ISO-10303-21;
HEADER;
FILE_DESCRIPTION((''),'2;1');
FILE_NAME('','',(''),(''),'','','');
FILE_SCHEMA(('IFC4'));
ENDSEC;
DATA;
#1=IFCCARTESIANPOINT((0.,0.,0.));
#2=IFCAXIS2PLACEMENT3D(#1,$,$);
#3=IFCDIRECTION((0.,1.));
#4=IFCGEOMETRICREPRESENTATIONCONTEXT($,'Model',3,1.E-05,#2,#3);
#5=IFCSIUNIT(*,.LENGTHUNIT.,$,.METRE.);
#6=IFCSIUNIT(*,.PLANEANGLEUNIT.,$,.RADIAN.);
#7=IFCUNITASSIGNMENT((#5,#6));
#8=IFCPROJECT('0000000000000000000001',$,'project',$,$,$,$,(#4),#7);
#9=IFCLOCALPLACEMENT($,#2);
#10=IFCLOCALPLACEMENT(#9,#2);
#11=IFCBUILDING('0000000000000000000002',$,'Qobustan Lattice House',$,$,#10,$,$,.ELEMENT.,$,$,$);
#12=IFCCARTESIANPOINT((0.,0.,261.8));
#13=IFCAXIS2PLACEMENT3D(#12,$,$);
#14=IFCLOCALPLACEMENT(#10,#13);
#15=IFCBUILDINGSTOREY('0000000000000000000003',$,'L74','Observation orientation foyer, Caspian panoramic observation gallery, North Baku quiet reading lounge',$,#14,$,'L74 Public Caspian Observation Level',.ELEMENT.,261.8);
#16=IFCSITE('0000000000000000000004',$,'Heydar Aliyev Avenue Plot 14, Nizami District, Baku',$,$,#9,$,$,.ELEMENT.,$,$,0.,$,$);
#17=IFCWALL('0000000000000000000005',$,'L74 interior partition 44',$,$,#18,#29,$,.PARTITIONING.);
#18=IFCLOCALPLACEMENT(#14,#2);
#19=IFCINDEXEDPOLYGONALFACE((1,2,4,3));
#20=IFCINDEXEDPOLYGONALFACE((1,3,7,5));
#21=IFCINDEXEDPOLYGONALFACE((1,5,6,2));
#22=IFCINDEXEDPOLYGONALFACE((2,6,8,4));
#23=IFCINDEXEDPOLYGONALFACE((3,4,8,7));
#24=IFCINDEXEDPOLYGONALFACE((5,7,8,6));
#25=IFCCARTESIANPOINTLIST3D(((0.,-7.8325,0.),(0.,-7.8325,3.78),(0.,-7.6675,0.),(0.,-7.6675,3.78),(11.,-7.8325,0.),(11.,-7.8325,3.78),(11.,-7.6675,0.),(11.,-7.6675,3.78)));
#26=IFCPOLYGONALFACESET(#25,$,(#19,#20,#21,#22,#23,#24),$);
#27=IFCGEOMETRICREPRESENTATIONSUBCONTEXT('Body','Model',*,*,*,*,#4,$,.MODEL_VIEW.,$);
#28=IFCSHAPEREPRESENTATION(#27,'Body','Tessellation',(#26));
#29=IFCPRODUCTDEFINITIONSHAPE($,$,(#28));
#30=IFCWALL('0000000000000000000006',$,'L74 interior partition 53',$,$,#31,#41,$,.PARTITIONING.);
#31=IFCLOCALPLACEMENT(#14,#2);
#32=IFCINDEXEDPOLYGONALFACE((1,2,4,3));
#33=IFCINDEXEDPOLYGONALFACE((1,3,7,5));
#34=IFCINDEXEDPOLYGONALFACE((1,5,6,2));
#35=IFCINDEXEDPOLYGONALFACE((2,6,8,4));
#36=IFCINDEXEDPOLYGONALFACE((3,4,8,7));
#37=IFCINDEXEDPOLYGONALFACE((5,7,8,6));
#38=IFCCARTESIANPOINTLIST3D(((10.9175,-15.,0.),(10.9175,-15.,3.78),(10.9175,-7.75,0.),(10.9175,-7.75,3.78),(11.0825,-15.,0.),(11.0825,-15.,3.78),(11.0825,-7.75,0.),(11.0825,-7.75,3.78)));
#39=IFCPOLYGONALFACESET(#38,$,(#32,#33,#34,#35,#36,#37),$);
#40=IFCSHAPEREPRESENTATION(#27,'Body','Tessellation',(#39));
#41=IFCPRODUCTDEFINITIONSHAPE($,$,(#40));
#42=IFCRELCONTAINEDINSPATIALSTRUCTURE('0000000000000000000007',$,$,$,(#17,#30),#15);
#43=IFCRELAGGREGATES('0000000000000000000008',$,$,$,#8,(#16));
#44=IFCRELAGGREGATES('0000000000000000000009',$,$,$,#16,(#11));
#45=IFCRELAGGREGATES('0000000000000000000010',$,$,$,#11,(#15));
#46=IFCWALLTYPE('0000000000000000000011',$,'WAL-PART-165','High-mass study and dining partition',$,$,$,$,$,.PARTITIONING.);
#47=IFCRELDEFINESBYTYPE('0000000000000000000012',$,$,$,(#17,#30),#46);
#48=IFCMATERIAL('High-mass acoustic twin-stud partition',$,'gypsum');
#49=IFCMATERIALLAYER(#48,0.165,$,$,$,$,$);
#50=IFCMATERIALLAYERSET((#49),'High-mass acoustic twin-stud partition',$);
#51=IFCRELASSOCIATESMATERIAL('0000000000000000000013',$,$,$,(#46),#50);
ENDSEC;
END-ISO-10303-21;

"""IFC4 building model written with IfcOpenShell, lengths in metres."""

from ifc_helpers import new_model, si_unit, direction, frame, frame_2d, origin, place, context, subcontext, project, spatial, rectangle, extrude, material, layer, layer_set, type_object, element, save


model = new_model("IFC4")

# Units and contexts
model_context = context("Model", 3, precision=1e-05, world=origin(), true_north=direction((0.0, 1.0)))
body_context = subcontext(model_context, "Body", "Model", "MODEL_VIEW")
ifc_project = project(units=[si_unit("LENGTHUNIT", "METRE"), si_unit("PLANEANGLEUNIT", "RADIAN")], contexts=[model_context])

# Site, building, storey
site_placement = place(None, origin())
site = spatial("IfcSite", under=ifc_project, at=site_placement, Name="Heydar Aliyev Avenue Plot 14, Nizami District, Baku", CompositionType="ELEMENT", RefElevation=0.0)
building_placement = place(site_placement, origin())
building = spatial("IfcBuilding", under=site, at=building_placement, Name="Qobustan Lattice House", CompositionType="ELEMENT")
storey_placement = place(building_placement, frame((0.0, 0.0, 261.8)))
storey = spatial("IfcBuildingStorey", under=building, at=storey_placement, Name="L74", Description="Observation orientation foyer, Caspian panoramic observation gallery, North Baku quiet reading lounge", LongName="L74 Public Caspian Observation Level", CompositionType="ELEMENT", Elevation=261.8)

# Shared definitions
ifc_material_1 = material(Name="High-mass acoustic twin-stud partition", Category="gypsum")
ifc_layer_1 = layer(ifc_material_1, 0.165)
ifc_layer_set_1 = layer_set([ifc_layer_1], Name="High-mass acoustic twin-stud partition")
wall_type_1 = type_object("IfcWallType", Name="WAL-PART-165", Description="High-mass study and dining partition", PredefinedType="PARTITIONING", material=ifc_layer_set_1)

# Walls
wall_1_placement = place(storey_placement, frame((11.0, -7.75, 0.0), z_axis=(0.0, 0.0, 1.0), x_axis=(-1.0, 0.0, 0.0)))
element("IfcWall", 1, at=wall_1_placement, inside=storey, type_object=wall_type_1, Name="L74 interior partition 44", PredefinedType="PARTITIONING", context=body_context, shape_type="SweptSolid", body=[
    extrude(rectangle(XDim=11.0, YDim=0.165, at=frame_2d((5.5, 0.0))), origin(), (0.0, 0.0, 1.0), 3.78),
])
wall_2_placement = place(storey_placement, frame((11.0, -7.75, 0.0), z_axis=(0.0, 0.0, 1.0), x_axis=(0.0, -1.0, 0.0)))
element("IfcWall", 2, at=wall_2_placement, inside=storey, type_object=wall_type_1, Name="L74 interior partition 53", PredefinedType="PARTITIONING", context=body_context, shape_type="SweptSolid", body=[
    extrude(rectangle(XDim=7.25, YDim=0.165, at=frame_2d((3.625, 0.0))), origin(), (0.0, 0.0, 1.0), 3.78),
])

save(model, "model.ifc")
